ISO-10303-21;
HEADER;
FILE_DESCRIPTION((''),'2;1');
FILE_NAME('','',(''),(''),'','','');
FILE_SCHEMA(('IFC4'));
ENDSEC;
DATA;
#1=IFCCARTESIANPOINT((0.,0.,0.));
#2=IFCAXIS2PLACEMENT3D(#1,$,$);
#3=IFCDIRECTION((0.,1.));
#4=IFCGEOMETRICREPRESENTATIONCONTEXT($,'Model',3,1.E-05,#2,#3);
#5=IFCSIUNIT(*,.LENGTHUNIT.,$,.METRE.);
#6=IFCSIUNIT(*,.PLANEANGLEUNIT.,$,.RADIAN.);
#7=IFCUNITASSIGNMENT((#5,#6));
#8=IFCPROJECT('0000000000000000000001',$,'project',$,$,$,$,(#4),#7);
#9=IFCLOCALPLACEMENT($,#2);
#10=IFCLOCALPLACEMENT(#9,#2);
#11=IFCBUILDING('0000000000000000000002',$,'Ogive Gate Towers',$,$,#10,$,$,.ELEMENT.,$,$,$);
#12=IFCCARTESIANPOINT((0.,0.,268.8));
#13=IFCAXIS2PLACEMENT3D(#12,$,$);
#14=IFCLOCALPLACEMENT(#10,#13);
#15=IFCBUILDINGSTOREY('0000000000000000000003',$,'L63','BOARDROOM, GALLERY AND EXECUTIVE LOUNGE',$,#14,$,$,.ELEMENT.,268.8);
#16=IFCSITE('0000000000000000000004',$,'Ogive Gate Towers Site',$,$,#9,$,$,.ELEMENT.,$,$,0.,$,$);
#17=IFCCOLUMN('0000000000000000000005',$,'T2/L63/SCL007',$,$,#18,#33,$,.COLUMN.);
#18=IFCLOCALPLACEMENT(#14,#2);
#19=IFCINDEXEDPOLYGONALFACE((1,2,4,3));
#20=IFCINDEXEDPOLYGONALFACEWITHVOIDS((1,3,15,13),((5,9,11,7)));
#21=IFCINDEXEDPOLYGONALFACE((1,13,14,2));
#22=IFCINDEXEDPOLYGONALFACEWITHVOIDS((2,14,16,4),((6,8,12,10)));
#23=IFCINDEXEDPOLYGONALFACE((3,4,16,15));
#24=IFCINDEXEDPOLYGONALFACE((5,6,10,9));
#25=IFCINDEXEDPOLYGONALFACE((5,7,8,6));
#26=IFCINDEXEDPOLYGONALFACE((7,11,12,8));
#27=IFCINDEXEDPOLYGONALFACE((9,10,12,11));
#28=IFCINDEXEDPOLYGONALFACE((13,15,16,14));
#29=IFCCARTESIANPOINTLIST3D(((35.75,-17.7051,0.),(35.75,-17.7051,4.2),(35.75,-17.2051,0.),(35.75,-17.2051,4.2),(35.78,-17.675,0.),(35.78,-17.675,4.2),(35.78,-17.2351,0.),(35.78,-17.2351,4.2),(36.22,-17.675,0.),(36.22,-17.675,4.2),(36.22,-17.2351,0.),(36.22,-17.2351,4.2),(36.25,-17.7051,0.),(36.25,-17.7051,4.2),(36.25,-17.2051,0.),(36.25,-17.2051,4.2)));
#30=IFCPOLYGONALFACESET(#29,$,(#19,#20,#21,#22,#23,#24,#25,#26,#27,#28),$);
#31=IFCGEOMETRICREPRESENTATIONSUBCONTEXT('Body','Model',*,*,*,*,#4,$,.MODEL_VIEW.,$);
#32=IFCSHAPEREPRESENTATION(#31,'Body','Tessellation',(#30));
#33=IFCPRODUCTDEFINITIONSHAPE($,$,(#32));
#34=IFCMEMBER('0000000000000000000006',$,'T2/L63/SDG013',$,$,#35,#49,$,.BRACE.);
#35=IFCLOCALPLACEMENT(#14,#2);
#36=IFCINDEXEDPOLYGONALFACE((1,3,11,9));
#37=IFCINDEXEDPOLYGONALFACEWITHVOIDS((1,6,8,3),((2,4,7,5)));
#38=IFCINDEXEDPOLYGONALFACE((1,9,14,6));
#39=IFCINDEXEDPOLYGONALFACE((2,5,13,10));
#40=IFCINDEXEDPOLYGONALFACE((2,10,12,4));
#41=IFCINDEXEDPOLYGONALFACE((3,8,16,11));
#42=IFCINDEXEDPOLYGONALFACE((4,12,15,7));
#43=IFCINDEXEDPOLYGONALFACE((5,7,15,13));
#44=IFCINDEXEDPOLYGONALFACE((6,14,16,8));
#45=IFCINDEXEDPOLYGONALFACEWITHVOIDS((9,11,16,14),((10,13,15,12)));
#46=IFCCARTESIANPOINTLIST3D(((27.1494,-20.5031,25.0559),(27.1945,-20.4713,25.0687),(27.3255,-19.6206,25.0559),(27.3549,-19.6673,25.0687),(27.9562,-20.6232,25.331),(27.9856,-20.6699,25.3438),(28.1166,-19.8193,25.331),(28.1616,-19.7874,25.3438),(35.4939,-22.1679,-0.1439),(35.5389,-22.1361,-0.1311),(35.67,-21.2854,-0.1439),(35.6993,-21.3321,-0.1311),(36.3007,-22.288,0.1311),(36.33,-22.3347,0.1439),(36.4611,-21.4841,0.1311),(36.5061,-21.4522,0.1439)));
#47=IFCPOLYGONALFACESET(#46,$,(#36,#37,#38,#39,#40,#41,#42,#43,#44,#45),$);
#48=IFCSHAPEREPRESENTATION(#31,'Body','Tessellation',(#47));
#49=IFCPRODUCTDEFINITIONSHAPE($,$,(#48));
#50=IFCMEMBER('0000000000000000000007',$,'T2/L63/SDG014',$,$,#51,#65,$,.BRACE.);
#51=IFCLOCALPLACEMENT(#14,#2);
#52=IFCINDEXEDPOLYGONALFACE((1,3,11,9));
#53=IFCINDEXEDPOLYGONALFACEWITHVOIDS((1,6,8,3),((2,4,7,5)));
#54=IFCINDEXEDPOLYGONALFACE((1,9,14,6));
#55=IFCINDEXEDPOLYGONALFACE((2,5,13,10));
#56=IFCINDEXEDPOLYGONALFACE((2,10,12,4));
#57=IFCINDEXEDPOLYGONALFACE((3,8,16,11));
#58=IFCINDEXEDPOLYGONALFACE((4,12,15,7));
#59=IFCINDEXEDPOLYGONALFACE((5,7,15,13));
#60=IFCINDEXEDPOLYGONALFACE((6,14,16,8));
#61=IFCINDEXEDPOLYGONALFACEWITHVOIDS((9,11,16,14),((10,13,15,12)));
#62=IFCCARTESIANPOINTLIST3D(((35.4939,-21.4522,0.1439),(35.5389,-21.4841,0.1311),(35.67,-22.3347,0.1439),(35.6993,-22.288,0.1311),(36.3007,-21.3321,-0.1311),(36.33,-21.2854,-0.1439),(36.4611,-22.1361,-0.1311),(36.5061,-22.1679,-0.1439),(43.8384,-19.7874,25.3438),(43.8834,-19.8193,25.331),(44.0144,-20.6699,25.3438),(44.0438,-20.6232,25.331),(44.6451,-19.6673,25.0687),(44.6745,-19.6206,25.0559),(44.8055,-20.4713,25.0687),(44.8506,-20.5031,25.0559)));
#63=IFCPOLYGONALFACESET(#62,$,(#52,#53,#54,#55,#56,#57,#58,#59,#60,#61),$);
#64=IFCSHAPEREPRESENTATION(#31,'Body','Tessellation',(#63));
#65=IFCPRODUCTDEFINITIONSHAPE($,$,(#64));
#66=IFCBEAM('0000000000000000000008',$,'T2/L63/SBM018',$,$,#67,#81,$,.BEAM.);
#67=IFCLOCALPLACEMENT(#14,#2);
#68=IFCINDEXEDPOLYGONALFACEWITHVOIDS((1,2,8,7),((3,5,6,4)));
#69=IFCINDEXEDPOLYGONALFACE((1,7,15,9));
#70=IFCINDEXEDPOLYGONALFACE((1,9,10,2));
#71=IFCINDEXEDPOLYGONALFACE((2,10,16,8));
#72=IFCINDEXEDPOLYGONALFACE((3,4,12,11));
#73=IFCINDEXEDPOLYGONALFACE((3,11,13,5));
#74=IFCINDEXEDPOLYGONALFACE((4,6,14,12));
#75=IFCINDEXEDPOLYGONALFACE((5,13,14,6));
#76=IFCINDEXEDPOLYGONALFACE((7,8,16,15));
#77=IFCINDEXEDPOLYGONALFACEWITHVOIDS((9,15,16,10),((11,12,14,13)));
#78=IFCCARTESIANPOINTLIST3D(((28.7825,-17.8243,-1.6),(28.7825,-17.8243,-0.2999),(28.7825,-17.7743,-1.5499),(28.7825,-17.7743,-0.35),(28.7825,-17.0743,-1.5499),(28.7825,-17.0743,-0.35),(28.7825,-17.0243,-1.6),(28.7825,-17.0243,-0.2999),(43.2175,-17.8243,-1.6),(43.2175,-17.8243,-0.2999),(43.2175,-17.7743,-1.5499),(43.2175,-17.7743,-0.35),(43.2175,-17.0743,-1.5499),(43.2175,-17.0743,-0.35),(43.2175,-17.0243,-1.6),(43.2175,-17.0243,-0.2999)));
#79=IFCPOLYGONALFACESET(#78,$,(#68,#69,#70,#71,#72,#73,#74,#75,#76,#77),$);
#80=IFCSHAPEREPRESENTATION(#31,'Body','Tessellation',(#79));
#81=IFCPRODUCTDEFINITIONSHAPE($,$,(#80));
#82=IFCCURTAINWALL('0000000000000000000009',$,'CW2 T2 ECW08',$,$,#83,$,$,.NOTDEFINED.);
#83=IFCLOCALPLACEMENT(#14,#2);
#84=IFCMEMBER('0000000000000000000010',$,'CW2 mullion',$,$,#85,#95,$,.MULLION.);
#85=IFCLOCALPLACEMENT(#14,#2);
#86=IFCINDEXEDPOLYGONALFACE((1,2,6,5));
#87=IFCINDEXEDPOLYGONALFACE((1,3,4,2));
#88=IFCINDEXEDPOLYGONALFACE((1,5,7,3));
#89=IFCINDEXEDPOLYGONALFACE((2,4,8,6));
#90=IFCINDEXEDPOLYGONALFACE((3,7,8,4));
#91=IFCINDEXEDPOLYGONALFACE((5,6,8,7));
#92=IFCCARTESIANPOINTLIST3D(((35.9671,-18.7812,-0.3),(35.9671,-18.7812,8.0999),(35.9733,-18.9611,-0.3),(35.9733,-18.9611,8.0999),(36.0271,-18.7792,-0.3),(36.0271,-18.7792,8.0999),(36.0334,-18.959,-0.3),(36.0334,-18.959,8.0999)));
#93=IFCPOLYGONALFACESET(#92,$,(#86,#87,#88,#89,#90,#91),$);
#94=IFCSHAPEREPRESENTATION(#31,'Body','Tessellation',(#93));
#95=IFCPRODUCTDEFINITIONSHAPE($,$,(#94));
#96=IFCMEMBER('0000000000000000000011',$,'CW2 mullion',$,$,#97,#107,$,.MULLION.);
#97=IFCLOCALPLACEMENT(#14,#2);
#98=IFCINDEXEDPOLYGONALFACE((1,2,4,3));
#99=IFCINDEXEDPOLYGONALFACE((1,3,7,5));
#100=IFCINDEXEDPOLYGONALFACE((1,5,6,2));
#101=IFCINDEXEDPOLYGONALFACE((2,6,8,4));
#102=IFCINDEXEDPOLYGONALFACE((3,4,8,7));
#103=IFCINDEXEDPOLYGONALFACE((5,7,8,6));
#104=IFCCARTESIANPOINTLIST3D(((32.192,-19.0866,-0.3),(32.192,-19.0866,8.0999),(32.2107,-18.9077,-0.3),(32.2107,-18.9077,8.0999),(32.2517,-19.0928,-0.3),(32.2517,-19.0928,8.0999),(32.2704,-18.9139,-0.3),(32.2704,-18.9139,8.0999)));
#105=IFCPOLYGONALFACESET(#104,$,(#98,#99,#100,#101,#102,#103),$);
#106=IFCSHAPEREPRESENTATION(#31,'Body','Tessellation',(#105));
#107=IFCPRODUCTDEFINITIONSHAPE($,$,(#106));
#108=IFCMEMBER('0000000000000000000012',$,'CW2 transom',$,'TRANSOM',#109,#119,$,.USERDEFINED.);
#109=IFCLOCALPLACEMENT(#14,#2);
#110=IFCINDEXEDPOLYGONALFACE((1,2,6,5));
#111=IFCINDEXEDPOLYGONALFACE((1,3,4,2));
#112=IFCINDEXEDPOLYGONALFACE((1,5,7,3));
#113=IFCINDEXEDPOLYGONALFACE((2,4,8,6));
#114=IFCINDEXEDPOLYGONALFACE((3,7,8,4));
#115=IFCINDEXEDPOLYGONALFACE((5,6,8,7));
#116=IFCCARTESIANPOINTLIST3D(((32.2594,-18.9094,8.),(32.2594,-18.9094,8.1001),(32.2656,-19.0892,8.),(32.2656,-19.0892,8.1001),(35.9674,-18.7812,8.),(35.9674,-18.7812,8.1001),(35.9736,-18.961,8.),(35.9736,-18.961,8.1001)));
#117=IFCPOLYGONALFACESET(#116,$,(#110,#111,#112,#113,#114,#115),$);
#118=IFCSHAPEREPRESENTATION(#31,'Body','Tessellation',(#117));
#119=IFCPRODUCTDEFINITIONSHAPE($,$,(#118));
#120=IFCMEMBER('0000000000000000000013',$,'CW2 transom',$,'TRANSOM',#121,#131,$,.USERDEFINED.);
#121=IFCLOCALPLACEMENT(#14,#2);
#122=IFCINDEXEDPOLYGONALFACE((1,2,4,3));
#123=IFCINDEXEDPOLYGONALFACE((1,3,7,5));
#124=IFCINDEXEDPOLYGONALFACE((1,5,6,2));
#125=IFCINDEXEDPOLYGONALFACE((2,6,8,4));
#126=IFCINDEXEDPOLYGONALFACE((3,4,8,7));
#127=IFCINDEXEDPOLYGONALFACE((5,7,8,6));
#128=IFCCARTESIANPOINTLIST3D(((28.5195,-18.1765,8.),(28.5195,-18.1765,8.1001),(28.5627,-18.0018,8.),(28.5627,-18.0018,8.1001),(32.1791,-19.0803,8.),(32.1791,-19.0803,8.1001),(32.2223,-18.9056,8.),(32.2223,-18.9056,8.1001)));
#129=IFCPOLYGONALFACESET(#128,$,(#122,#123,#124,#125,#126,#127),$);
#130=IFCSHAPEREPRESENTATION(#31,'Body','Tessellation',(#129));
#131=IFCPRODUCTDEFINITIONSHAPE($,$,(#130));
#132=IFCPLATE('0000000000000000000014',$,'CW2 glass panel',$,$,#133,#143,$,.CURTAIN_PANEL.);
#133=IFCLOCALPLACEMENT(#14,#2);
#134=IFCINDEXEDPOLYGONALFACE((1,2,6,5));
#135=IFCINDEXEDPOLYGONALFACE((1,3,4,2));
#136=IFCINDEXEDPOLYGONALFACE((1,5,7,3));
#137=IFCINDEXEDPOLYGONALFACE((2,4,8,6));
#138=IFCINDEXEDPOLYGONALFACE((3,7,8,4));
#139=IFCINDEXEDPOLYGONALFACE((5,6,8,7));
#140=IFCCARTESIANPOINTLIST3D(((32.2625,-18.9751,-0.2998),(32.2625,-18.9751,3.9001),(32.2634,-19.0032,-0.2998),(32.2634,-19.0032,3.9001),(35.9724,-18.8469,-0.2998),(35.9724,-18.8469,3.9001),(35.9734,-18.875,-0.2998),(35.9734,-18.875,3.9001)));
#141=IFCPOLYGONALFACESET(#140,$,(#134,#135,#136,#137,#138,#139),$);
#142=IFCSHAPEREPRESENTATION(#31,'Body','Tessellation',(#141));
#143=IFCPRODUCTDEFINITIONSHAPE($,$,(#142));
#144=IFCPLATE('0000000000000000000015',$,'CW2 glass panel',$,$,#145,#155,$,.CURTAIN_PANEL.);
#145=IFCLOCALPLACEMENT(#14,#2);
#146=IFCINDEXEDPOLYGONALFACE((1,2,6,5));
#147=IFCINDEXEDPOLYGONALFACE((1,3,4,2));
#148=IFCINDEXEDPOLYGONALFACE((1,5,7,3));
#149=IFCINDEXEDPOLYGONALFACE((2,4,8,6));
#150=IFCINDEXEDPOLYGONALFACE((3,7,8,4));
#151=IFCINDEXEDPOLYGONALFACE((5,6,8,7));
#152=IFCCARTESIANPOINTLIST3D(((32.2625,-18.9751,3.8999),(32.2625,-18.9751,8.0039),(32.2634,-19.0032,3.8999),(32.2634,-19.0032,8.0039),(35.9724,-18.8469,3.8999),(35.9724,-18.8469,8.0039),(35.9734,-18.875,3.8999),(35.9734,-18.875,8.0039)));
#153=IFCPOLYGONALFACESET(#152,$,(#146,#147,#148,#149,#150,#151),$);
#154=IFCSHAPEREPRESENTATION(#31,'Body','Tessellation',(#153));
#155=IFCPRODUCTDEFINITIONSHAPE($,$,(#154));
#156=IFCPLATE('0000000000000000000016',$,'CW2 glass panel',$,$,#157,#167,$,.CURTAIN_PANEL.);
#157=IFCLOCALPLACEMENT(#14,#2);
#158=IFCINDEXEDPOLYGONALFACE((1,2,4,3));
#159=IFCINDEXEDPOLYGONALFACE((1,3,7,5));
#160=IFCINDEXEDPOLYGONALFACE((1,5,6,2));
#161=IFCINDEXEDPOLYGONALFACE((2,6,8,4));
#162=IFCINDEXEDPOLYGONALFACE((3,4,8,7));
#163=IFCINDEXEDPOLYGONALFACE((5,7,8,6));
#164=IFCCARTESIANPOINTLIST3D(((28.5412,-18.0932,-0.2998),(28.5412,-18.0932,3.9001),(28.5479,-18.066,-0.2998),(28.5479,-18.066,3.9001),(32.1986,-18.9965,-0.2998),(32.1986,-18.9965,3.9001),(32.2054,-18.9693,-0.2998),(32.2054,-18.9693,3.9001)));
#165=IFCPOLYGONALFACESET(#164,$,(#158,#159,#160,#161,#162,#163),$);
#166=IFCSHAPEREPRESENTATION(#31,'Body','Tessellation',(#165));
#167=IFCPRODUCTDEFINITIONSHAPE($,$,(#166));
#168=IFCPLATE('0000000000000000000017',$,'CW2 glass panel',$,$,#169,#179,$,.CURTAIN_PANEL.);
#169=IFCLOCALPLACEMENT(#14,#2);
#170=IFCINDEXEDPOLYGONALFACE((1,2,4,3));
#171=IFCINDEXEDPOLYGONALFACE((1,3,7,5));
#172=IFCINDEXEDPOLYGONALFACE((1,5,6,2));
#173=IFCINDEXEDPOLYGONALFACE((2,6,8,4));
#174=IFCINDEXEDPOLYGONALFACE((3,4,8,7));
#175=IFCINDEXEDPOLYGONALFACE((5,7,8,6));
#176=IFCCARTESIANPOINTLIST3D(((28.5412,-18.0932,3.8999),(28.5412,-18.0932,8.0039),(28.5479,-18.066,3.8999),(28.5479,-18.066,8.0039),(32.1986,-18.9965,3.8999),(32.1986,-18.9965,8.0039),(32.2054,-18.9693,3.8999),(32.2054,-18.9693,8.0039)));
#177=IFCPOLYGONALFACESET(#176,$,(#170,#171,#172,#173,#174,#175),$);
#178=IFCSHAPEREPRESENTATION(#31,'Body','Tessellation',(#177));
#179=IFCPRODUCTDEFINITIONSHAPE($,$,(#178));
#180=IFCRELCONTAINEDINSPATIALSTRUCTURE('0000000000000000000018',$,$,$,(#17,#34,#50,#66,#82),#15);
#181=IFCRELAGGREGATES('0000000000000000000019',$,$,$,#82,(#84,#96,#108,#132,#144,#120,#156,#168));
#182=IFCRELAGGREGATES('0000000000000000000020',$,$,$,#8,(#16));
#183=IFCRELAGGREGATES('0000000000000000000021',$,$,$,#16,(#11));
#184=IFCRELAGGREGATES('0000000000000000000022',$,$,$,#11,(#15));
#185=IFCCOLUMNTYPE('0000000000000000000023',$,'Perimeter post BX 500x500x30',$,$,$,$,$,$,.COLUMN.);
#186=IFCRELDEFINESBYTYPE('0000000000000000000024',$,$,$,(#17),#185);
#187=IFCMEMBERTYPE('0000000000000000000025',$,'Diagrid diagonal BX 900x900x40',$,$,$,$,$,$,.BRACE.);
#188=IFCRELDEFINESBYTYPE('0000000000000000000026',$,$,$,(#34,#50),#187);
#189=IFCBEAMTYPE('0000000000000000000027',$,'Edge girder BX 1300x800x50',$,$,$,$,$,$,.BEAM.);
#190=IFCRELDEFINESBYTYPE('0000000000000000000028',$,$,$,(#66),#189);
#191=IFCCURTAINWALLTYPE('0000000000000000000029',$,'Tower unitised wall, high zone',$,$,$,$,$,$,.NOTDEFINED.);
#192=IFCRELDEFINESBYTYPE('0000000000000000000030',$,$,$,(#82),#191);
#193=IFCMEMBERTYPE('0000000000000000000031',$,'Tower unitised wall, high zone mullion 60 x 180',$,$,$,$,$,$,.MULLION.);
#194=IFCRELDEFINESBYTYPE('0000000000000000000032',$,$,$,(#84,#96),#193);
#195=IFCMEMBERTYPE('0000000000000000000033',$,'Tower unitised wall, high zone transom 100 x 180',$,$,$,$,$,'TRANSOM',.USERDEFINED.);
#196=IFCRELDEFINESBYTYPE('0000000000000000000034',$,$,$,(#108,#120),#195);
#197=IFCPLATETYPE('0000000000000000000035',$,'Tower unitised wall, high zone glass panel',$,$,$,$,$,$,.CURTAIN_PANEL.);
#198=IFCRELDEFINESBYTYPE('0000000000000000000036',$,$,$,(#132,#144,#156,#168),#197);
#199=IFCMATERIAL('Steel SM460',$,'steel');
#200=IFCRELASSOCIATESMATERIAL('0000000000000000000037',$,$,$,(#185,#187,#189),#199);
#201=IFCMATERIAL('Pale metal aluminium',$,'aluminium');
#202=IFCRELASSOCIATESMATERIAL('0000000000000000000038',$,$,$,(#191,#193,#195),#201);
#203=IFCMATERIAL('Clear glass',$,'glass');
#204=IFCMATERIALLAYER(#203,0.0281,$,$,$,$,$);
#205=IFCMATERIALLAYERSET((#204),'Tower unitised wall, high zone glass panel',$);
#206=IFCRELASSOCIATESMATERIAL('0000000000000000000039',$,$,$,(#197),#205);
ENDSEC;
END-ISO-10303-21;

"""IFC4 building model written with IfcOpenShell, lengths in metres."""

from ifc_helpers import new_model, si_unit, direction, frame, origin, origin_2d, place, context, subcontext, project, spatial, rectangle, hollow_rectangle, extrude, material, layer, layer_set, material_profile, profile_set, type_object, element, aggregate, save


model = new_model("IFC4")

# Units and contexts
model_context = context("Model", 3, precision=1e-05, world=origin(), true_north=direction((0.0, 1.0)))
body_context = subcontext(model_context, "Body", "Model", "MODEL_VIEW")
ifc_project = project(units=[si_unit("LENGTHUNIT", "METRE"), si_unit("PLANEANGLEUNIT", "RADIAN")], contexts=[model_context])

# Site, building, storey
site_placement = place(None, origin())
site = spatial("IfcSite", under=ifc_project, at=site_placement, Name="Ogive Gate Towers Site", CompositionType="ELEMENT", RefElevation=0.0)
building_placement = place(site_placement, origin())
building = spatial("IfcBuilding", under=site, at=building_placement, Name="Ogive Gate Towers", CompositionType="ELEMENT")
storey_placement = place(building_placement, frame((0.0, 0.0, 268.8)))
storey = spatial("IfcBuildingStorey", under=building, at=storey_placement, Name="L63", Description="BOARDROOM, GALLERY AND EXECUTIVE LOUNGE", CompositionType="ELEMENT", Elevation=268.8)

# Column
ifc_material_1 = material(Name="Steel SM460", Category="steel")
ifc_material_profile_1 = material_profile(ifc_material_1, hollow_rectangle(XDim=0.5, YDim=0.5, WallThickness=0.03, at=origin_2d()), Name="BX 500x500x30")
ifc_profile_set_1 = profile_set([ifc_material_profile_1], Name="Steel SM460")
column_type = type_object("IfcColumnType", Name="Perimeter post BX 500x500x30", PredefinedType="COLUMN", material=ifc_profile_set_1)
column_placement = place(storey_placement, frame((36.0, -17.4551, 0.0), z_axis=(0.0, 0.0, 1.0), x_axis=(1.0, 0.0, 0.0)))
element("IfcColumn", 1, at=column_placement, inside=storey, type_object=column_type, Name="T2/L63/SCL007", PredefinedType="COLUMN", context=body_context, shape_type="SweptSolid", body=[
    extrude(hollow_rectangle(XDim=0.5, YDim=0.5, WallThickness=0.03, at=origin_2d()), origin(), (0.0, 0.0, 1.0), 4.2),
])

# Members
ifc_material_profile_2 = material_profile(ifc_material_1, hollow_rectangle(XDim=0.8999, YDim=0.8999, WallThickness=0.04, at=origin_2d()), Name="BX 900x900x40")
ifc_profile_set_2 = profile_set([ifc_material_profile_2], Name="Steel SM460")
member_type_1 = type_object("IfcMemberType", Name="Diagrid diagonal BX 900x900x40", PredefinedType="BRACE", material=ifc_profile_set_2)
for number, where, z_axis, x_axis, name in (
    (2, (36.0, -21.8101, 0.0), (-0.313729, 0.062592, 0.947447), (-0.195653, -0.980673, 0.0), "T2/L63/SDG013"),
    (3, (36.0, -21.8101, 0.0), (0.313729, 0.062592, 0.947447), (-0.195653, 0.980673, 0.0), "T2/L63/SDG014"),
):
    element("IfcMember", number, at=place(storey_placement, frame(where, z_axis=z_axis, x_axis=x_axis)), inside=storey, type_object=member_type_1, Name=name, PredefinedType="BRACE", context=body_context, shape_type="SweptSolid", body=[
        extrude(hollow_rectangle(XDim=0.8999, YDim=0.8999, WallThickness=0.04, at=origin_2d()), origin(), (0.0, 0.0, 1.0), 26.5977),
    ])

# Beam
ifc_material_profile_3 = material_profile(ifc_material_1, hollow_rectangle(XDim=0.8, YDim=1.3, WallThickness=0.05, at=origin_2d()), Name="BX 1300x800x50")
ifc_profile_set_3 = profile_set([ifc_material_profile_3], Name="Steel SM460")
beam_type = type_object("IfcBeamType", Name="Edge girder BX 1300x800x50", PredefinedType="BEAM", material=ifc_profile_set_3)
beam_placement = place(storey_placement, frame((28.7825, -17.4243, -0.95), z_axis=(1.0, 0.0, 0.0), x_axis=(0.0, 1.0, 0.0)))
element("IfcBeam", 4, at=beam_placement, inside=storey, type_object=beam_type, Name="T2/L63/SBM018", PredefinedType="BEAM", context=body_context, shape_type="SweptSolid", body=[
    extrude(hollow_rectangle(XDim=0.8, YDim=1.3, WallThickness=0.05, at=origin_2d()), origin(), (0.0, 0.0, 1.0), 14.4351),
])

# Curtain wall, members, plates
ifc_material_2 = material(Name="Pale metal aluminium", Category="aluminium")
curtain_wall_type = type_object("IfcCurtainWallType", Name="Tower unitised wall, high zone", PredefinedType="NOTDEFINED", material=ifc_material_2)
curtain_wall_1_placement = place(storey_placement, origin())
curtain_wall_1 = element("IfcCurtainWall", 5, at=curtain_wall_1_placement, inside=storey, type_object=curtain_wall_type, Name="CW2 T2 ECW08", PredefinedType="NOTDEFINED")
ifc_material_profile_4 = material_profile(ifc_material_2, rectangle(XDim=0.1799, YDim=0.0601, at=origin_2d()), Name="60 x 180 aluminium box")
ifc_profile_set_4 = profile_set([ifc_material_profile_4], Name="Pale metal aluminium")
member_type_2 = type_object("IfcMemberType", Name="Tower unitised wall, high zone mullion 60 x 180", PredefinedType="MULLION", material=ifc_profile_set_4)
member_1_placement = place(storey_placement, frame((36.0002, -18.8701, -0.3), z_axis=(0.0, 0.0, 1.0), x_axis=(-0.034533, 0.999404, 0.0)))
member_1 = element("IfcMember", 6, at=member_1_placement, type_object=member_type_2, Name="CW2 mullion", PredefinedType="MULLION", context=body_context, shape_type="SweptSolid", body=[
    extrude(rectangle(XDim=0.1799, YDim=0.0601, at=origin_2d()), origin(), (0.0, 0.0, 1.0), 8.3999),
])
member_2_placement = place(storey_placement, frame((32.2312, -19.0002, -0.3), z_axis=(0.0, 0.0, 1.0), x_axis=(0.103608, 0.994618, 0.0)))
member_2 = element("IfcMember", 7, at=member_2_placement, type_object=member_type_2, Name="CW2 mullion", PredefinedType="MULLION", context=body_context, shape_type="SweptSolid", body=[
    extrude(rectangle(XDim=0.1799, YDim=0.0601, at=origin_2d()), origin(), (0.0, 0.0, 1.0), 8.3999),
])
ifc_material_profile_5 = material_profile(ifc_material_2, rectangle(XDim=0.1799, YDim=0.1001, at=origin_2d()), Name="100 x 180 aluminium box")
ifc_profile_set_5 = profile_set([ifc_material_profile_5], Name="Pale metal aluminium")
member_type_3 = type_object("IfcMemberType", Name="Tower unitised wall, high zone transom 100 x 180", ElementType="TRANSOM", PredefinedType="USERDEFINED", material=ifc_profile_set_5)
member_3_placement = place(storey_placement, frame((35.9705, -18.8711, 8.05), z_axis=(-0.999403, -0.034546, 0.0), x_axis=(0.034546, -0.999403, 0.0)))
member_3 = element("IfcMember", 8, at=member_3_placement, type_object=member_type_3, Name="CW2 transom", ObjectType="TRANSOM", PredefinedType="USERDEFINED", context=body_context, shape_type="SweptSolid", body=[
    extrude(rectangle(XDim=0.1799, YDim=0.1001, at=origin_2d()), origin(), (0.0, 0.0, 1.0), 3.7102),
])
member_4_placement = place(storey_placement, frame((32.2007, -18.9929, 8.05), z_axis=(-0.970832, 0.239761, 0.0), x_axis=(-0.239761, -0.970832, 0.0)))
member_4 = element("IfcMember", 9, at=member_4_placement, type_object=member_type_3, Name="CW2 transom", ObjectType="TRANSOM", PredefinedType="USERDEFINED", context=body_context, shape_type="SweptSolid", body=[
    extrude(rectangle(XDim=0.1799, YDim=0.1001, at=origin_2d()), origin(), (0.0, 0.0, 1.0), 3.7695),
])
ifc_material_3 = material(Name="Clear glass", Category="glass")
ifc_layer_1 = layer(ifc_material_3, 0.0281)
ifc_layer_set_1 = layer_set([ifc_layer_1], Name="Tower unitised wall, high zone glass panel")
plate_type = type_object("IfcPlateType", Name="Tower unitised wall, high zone glass panel", PredefinedType="CURTAIN_PANEL", material=ifc_layer_set_1)
plate_1_placement = place(storey_placement, frame((34.1179, -18.925, -0.2998), z_axis=(0.0, 0.0, 1.0), x_axis=(-0.999404, -0.034533, 0.0)))
plate_1 = element("IfcPlate", 10, at=plate_1_placement, type_object=plate_type, Name="CW2 glass panel", PredefinedType="CURTAIN_PANEL", context=body_context, shape_type="SweptSolid", body=[
    extrude(rectangle(XDim=3.7122, YDim=0.0281, at=origin_2d()), origin(), (0.0, 0.0, 1.0), 4.2),
])
plate_2_placement = place(storey_placement, frame((34.1179, -18.925, 3.8999), z_axis=(0.0, 0.0, 1.0), x_axis=(-0.999404, -0.034533, 0.0)))
plate_2 = element("IfcPlate", 11, at=plate_2_placement, type_object=plate_type, Name="CW2 glass panel", PredefinedType="CURTAIN_PANEL", context=body_context, shape_type="SweptSolid", body=[
    extrude(rectangle(XDim=3.7122, YDim=0.0281, at=origin_2d()), origin(), (0.0, 0.0, 1.0), 4.104),
])
plate_3_placement = place(storey_placement, frame((30.3733, -18.5312, -0.2998), z_axis=(0.0, 0.0, 1.0), x_axis=(-0.97083, 0.239771, 0.0)))
plate_3 = element("IfcPlate", 12, at=plate_3_placement, type_object=plate_type, Name="CW2 glass panel", PredefinedType="CURTAIN_PANEL", context=body_context, shape_type="SweptSolid", body=[
    extrude(rectangle(XDim=3.7673, YDim=0.0281, at=origin_2d()), origin(), (0.0, 0.0, 1.0), 4.2),
])
plate_4_placement = place(storey_placement, frame((30.3733, -18.5312, 3.8999), z_axis=(0.0, 0.0, 1.0), x_axis=(-0.97083, 0.239771, 0.0)))
plate_4 = element("IfcPlate", 13, at=plate_4_placement, type_object=plate_type, Name="CW2 glass panel", PredefinedType="CURTAIN_PANEL", context=body_context, shape_type="SweptSolid", body=[
    extrude(rectangle(XDim=3.7673, YDim=0.0281, at=origin_2d()), origin(), (0.0, 0.0, 1.0), 4.104),
])
aggregate(curtain_wall_1, [member_1, member_2, member_3, plate_1, plate_2, member_4, plate_3, plate_4])

save(model, "model.ifc")
